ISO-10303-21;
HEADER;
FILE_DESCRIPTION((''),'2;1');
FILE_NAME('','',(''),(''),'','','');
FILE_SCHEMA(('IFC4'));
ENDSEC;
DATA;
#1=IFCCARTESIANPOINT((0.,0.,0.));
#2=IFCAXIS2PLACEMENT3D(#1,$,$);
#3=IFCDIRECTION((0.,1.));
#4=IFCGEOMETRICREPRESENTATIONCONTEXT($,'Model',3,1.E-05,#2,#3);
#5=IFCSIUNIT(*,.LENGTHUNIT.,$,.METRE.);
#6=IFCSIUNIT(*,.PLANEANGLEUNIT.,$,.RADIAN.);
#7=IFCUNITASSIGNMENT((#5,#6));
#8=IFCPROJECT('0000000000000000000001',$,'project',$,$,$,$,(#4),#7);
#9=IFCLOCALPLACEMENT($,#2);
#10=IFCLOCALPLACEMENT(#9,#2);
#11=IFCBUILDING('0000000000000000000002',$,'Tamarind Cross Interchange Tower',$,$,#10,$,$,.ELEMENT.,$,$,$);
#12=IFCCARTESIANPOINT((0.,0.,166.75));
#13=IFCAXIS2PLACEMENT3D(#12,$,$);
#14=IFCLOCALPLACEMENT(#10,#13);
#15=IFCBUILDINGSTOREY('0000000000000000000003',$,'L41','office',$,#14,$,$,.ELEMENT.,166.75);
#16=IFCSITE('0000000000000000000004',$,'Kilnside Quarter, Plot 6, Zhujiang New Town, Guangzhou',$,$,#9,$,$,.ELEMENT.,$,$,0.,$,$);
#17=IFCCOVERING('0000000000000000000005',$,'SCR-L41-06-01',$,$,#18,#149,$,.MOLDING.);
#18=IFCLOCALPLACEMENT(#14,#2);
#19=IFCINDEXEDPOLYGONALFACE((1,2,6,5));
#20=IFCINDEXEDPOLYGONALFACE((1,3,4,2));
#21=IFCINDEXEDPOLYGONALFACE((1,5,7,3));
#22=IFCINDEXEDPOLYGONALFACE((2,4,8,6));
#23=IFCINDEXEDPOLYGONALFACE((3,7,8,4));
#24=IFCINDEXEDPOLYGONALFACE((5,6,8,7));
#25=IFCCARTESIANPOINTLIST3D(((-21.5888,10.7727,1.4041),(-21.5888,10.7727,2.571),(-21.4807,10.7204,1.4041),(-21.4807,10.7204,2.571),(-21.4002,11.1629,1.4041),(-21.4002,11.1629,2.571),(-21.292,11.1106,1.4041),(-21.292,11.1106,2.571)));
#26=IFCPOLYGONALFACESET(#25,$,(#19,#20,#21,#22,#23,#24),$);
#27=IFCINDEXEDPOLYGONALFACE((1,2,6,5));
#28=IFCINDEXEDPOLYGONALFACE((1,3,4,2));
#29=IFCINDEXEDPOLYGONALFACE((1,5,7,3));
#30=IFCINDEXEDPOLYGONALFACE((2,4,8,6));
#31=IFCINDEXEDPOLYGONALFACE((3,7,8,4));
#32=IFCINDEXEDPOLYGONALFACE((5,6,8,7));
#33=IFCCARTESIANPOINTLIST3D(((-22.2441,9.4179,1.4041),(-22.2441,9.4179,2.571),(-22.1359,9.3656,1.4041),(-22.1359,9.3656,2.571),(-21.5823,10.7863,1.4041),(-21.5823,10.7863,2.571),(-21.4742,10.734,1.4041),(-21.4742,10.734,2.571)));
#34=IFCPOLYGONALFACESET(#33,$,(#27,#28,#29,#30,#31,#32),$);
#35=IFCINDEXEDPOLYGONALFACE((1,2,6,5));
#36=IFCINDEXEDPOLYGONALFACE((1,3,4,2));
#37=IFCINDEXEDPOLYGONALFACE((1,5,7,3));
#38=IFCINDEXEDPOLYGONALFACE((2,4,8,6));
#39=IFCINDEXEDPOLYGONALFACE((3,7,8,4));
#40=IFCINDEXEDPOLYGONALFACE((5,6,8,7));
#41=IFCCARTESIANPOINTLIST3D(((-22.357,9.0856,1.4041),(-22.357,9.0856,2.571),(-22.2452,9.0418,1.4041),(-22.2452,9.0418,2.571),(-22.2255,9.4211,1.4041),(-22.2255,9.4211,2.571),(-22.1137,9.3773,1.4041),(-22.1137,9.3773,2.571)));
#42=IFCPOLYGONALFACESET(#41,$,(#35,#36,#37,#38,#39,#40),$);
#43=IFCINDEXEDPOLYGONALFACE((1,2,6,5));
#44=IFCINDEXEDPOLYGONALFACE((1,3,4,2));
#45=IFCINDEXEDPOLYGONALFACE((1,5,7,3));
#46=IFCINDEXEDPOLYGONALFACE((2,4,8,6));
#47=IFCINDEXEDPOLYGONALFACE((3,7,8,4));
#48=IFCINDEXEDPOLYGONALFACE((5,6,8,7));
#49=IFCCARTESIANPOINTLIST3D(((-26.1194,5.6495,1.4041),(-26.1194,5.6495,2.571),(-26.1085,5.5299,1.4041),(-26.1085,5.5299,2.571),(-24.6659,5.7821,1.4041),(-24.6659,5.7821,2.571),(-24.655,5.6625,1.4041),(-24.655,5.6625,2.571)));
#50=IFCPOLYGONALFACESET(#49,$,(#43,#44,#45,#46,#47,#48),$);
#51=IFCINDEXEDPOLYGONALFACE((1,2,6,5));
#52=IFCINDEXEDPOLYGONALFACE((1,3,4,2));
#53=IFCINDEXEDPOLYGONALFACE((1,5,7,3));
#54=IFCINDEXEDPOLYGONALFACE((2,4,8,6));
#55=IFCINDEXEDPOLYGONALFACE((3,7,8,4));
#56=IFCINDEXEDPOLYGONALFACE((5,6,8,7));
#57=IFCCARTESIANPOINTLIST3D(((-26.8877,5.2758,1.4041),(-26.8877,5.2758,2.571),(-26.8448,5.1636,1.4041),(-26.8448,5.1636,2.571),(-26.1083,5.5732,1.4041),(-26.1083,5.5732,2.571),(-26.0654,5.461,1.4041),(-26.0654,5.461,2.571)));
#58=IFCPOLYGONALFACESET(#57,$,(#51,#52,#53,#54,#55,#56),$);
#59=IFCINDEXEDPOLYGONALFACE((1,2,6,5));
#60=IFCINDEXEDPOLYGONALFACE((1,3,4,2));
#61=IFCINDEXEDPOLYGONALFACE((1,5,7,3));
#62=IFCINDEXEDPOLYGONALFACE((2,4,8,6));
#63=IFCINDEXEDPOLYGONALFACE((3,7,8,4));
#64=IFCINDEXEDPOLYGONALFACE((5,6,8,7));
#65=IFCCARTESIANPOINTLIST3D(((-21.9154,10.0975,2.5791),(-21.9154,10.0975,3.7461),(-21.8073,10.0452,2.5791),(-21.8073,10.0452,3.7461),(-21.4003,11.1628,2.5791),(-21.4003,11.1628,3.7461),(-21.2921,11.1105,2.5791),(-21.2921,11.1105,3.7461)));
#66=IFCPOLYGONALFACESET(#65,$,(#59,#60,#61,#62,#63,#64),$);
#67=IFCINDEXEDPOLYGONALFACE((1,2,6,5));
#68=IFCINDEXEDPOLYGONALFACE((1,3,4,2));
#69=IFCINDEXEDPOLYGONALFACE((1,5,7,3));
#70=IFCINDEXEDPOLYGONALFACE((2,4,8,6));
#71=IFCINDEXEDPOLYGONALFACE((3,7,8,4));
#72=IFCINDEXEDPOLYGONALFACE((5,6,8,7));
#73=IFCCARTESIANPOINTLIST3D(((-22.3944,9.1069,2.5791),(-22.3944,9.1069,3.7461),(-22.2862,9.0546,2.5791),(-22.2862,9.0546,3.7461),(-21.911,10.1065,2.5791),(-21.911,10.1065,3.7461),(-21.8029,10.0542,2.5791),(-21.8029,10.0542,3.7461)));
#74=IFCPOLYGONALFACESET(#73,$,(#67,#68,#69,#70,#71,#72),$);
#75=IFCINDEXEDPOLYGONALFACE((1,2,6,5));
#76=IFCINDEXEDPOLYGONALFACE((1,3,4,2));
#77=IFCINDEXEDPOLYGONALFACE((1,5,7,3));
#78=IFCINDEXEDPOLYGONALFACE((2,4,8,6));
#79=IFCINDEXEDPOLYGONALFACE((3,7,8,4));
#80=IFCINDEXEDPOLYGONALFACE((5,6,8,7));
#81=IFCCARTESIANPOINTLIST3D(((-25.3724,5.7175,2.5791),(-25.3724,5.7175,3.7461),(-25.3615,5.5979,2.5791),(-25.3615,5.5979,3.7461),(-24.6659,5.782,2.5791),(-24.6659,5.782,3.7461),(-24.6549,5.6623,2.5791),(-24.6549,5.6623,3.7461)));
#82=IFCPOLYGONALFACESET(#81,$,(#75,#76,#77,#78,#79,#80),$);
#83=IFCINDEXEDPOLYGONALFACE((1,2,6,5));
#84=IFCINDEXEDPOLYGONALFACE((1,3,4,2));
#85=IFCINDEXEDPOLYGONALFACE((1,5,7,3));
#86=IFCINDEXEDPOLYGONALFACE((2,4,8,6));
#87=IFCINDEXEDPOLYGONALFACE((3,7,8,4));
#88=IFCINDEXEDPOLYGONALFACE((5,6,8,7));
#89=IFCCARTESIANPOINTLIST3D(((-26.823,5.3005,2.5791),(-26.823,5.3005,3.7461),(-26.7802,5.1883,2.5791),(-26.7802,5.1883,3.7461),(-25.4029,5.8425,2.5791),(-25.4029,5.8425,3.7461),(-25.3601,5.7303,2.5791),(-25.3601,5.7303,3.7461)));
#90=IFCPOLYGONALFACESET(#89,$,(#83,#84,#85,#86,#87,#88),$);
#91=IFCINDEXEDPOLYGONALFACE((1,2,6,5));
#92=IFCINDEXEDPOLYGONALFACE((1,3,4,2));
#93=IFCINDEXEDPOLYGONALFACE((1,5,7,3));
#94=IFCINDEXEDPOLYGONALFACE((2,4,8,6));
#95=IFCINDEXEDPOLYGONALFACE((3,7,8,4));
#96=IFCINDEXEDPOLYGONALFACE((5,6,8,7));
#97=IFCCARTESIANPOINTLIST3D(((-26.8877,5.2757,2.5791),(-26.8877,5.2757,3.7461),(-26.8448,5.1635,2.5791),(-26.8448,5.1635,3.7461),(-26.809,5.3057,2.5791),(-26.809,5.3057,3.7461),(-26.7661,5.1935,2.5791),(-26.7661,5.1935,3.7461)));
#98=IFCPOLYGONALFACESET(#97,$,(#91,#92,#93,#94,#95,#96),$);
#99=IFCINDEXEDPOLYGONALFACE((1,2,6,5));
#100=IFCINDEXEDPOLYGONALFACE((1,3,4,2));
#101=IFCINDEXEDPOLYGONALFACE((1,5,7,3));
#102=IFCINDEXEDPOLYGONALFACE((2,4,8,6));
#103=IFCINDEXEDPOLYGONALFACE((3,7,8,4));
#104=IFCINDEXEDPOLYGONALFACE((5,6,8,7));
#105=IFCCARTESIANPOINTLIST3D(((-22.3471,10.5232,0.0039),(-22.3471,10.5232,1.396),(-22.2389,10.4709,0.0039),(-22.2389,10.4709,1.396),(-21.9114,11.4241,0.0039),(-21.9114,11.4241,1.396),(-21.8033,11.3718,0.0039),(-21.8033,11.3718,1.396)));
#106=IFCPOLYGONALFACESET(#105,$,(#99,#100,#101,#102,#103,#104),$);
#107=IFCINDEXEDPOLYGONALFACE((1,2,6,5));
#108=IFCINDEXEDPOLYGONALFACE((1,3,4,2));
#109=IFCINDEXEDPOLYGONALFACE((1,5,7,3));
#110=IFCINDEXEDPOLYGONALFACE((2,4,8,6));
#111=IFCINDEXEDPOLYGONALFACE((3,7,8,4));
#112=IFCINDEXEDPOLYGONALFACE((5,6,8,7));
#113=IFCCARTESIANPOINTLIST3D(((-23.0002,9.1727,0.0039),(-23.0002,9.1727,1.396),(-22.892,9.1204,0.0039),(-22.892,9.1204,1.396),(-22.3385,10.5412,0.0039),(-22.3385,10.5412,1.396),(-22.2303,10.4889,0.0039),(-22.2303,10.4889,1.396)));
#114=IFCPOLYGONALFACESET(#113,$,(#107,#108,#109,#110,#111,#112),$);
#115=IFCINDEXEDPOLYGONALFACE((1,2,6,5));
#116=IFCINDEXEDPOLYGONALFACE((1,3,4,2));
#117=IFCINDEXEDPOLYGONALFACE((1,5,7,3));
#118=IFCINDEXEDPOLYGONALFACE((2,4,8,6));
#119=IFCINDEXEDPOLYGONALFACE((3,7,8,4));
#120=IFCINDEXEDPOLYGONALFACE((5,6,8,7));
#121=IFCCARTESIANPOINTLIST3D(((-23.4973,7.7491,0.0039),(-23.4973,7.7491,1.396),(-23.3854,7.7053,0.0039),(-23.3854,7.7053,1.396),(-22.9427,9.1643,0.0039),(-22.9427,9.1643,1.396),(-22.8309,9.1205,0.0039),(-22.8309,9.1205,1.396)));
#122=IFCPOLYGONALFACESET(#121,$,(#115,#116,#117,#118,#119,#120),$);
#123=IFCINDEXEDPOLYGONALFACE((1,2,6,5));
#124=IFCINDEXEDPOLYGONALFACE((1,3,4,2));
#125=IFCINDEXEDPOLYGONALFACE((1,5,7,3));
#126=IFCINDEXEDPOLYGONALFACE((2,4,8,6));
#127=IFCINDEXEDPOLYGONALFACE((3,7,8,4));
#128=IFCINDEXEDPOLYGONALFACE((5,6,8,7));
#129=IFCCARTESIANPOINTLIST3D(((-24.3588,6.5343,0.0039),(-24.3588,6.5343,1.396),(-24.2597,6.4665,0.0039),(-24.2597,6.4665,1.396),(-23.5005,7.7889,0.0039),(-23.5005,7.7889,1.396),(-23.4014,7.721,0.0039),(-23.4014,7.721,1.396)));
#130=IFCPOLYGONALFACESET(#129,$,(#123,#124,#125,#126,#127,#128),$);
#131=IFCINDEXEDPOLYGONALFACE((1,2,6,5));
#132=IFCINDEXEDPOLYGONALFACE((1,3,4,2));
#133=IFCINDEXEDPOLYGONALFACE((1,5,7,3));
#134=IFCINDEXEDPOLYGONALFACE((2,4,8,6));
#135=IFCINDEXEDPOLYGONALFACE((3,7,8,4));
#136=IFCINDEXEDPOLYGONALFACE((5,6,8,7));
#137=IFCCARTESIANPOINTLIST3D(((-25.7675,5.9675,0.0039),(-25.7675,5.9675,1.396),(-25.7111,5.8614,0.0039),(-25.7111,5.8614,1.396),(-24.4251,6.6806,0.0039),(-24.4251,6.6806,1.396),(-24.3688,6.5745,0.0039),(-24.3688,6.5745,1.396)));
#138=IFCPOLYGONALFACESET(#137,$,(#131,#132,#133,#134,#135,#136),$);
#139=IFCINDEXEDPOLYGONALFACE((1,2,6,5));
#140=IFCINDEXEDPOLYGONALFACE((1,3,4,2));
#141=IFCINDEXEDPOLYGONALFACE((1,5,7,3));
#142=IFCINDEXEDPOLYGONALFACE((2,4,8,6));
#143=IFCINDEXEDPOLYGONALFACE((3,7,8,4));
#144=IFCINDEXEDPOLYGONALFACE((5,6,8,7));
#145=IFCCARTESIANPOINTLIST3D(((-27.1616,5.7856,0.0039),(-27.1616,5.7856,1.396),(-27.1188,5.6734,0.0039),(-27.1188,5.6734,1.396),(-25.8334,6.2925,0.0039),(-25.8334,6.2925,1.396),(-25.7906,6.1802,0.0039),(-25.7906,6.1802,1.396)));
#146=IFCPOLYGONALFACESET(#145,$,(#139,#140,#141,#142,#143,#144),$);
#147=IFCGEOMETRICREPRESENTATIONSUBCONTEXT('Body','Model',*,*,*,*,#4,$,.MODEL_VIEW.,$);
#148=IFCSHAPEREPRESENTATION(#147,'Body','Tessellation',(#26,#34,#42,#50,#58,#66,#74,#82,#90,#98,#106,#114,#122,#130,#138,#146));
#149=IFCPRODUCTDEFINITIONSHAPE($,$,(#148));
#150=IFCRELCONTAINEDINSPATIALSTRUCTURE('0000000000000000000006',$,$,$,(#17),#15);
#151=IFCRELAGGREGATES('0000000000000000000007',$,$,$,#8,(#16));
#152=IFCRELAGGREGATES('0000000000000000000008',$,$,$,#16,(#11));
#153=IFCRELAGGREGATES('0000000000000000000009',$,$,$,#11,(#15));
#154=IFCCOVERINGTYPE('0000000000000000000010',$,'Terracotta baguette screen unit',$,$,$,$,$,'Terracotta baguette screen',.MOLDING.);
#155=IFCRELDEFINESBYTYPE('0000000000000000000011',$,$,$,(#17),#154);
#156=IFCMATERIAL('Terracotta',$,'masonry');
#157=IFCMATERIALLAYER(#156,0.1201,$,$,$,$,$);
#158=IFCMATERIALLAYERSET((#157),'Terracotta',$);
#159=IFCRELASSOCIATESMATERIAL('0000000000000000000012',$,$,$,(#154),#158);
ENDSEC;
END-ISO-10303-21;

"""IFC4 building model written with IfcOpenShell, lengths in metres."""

from ifc_helpers import new_model, si_unit, direction, frame, origin, origin_2d, place, context, subcontext, project, spatial, rectangle, extrude, material, layer, layer_set, type_object, element, save


model = new_model("IFC4")

# Units and contexts
model_context = context("Model", 3, precision=1e-05, world=origin(), true_north=direction((0.0, 1.0)))
body_context = subcontext(model_context, "Body", "Model", "MODEL_VIEW")
ifc_project = project(units=[si_unit("LENGTHUNIT", "METRE"), si_unit("PLANEANGLEUNIT", "RADIAN")], contexts=[model_context])

# Site, building, storey
site_placement = place(None, origin())
site = spatial("IfcSite", under=ifc_project, at=site_placement, Name="Kilnside Quarter, Plot 6, Zhujiang New Town, Guangzhou", CompositionType="ELEMENT", RefElevation=0.0)
building_placement = place(site_placement, origin())
building = spatial("IfcBuilding", under=site, at=building_placement, Name="Tamarind Cross Interchange Tower", CompositionType="ELEMENT")
storey_placement = place(building_placement, frame((0.0, 0.0, 166.75)))
storey = spatial("IfcBuildingStorey", under=building, at=storey_placement, Name="L41", Description="office", CompositionType="ELEMENT", Elevation=166.75)

# Covering
ifc_material_1 = material(Name="Terracotta", Category="masonry")
ifc_layer_1 = layer(ifc_material_1, 0.1201)
ifc_layer_set_1 = layer_set([ifc_layer_1], Name="Terracotta")
covering_type = type_object("IfcCoveringType", Name="Terracotta baguette screen unit", ElementType="Terracotta baguette screen", PredefinedType="MOLDING", material=ifc_layer_set_1)
covering_1_placement = place(storey_placement, origin())
element("IfcCovering", 1, at=covering_1_placement, inside=storey, type_object=covering_type, Name="SCR-L41-06-01", PredefinedType="MOLDING", context=body_context, shape_type="SweptSolid", body=[
    extrude(rectangle(XDim=0.4333, YDim=0.1201, at=origin_2d()), frame((-21.4404, 10.9417, 1.4041), z_axis=(0.0, 0.0, 1.0), x_axis=(-0.435326, -0.900273, 0.0)), (0.0, 0.0, 1.0), 1.167),
    extrude(rectangle(XDim=1.52, YDim=0.1201, at=origin_2d()), frame((-21.8591, 10.0759, 1.4041), z_axis=(0.0, 0.0, 1.0), x_axis=(-0.435326, -0.900273, 0.0)), (0.0, 0.0, 1.0), 1.167),
    extrude(rectangle(XDim=0.3604, YDim=0.1201, at=origin_2d()), frame((-22.2354, 9.2314, 1.4041), z_axis=(0.0, 0.0, 1.0), x_axis=(-0.364846, -0.931068, 0.0)), (0.0, 0.0, 1.0), 1.167),
    extrude(rectangle(XDim=1.4595, YDim=0.1201, at=origin_2d()), frame((-25.3872, 5.656, 1.4041), z_axis=(0.0, 0.0, 1.0), x_axis=(-0.995868, -0.090809, 0.0)), (0.0, 0.0, 1.0), 1.167),
    extrude(rectangle(XDim=0.8342, YDim=0.1201, at=origin_2d()), frame((-26.4766, 5.3684, 1.4041), z_axis=(0.0, 0.0, 1.0), x_axis=(-0.934272, -0.35656, 0.0)), (0.0, 0.0, 1.0), 1.167),
    extrude(rectangle(XDim=1.1833, YDim=0.1201, at=origin_2d()), frame((-21.6038, 10.604, 2.5791), z_axis=(0.0, 0.0, 1.0), x_axis=(-0.435326, -0.900273, 0.0)), (0.0, 0.0, 1.0), 1.167),
    extrude(rectangle(XDim=1.1104, YDim=0.1201, at=origin_2d()), frame((-22.0986, 9.5806, 2.5791), z_axis=(0.0, 0.0, 1.0), x_axis=(-0.435326, -0.900273, 0.0)), (0.0, 0.0, 1.0), 1.167),
    extrude(rectangle(XDim=0.7095, YDim=0.1201, at=origin_2d()), frame((-25.0137, 5.6899, 2.5791), z_axis=(0.0, 0.0, 1.0), x_axis=(-0.995868, -0.090809, 0.0)), (0.0, 0.0, 1.0), 1.167),
    extrude(rectangle(XDim=1.52, YDim=0.1201, at=origin_2d()), frame((-26.0916, 5.5154, 2.5791), z_axis=(0.0, 0.0, 1.0), x_axis=(-0.934272, -0.35656, 0.0)), (0.0, 0.0, 1.0), 1.167),
    extrude(rectangle(XDim=0.0842, YDim=0.1201, at=origin_2d()), frame((-26.8269, 5.2346, 2.5791), z_axis=(0.0, 0.0, 1.0), x_axis=(-0.934272, -0.35656, 0.0)), (0.0, 0.0, 1.0), 1.167),
    extrude(rectangle(XDim=1.0007, YDim=0.1201, at=origin_2d()), frame((-22.0752, 10.9475, 0.0039), z_axis=(0.0, 0.0, 1.0), x_axis=(-0.435326, -0.900273, 0.0)), (0.0, 0.0, 1.0), 1.3921),
    extrude(rectangle(XDim=1.52, YDim=0.1201, at=origin_2d()), frame((-22.6152, 9.8308, 0.0039), z_axis=(0.0, 0.0, 1.0), x_axis=(-0.435326, -0.900273, 0.0)), (0.0, 0.0, 1.0), 1.3921),
    extrude(rectangle(XDim=1.52, YDim=0.1201, at=origin_2d()), frame((-23.1641, 8.4348, 0.0039), z_axis=(0.0, 0.0, 1.0), x_axis=(-0.364846, -0.931068, 0.0)), (0.0, 0.0, 1.0), 1.3921),
    extrude(rectangle(XDim=1.52, YDim=0.1201, at=origin_2d()), frame((-23.8801, 7.1277, 0.0039), z_axis=(0.0, 0.0, 1.0), x_axis=(-0.564664, -0.825321, 0.0)), (0.0, 0.0, 1.0), 1.3921),
    extrude(rectangle(XDim=1.52, YDim=0.1201, at=origin_2d()), frame((-25.0681, 6.271, 0.0039), z_axis=(0.0, 0.0, 1.0), x_axis=(-0.883122, -0.469143, 0.0)), (0.0, 0.0, 1.0), 1.3921),
    extrude(rectangle(XDim=1.4216, YDim=0.1201, at=origin_2d()), frame((-26.4761, 5.9829, 0.0039), z_axis=(0.0, 0.0, 1.0), x_axis=(-0.934272, -0.35656, 0.0)), (0.0, 0.0, 1.0), 1.3921),
])

save(model, "model.ifc")
